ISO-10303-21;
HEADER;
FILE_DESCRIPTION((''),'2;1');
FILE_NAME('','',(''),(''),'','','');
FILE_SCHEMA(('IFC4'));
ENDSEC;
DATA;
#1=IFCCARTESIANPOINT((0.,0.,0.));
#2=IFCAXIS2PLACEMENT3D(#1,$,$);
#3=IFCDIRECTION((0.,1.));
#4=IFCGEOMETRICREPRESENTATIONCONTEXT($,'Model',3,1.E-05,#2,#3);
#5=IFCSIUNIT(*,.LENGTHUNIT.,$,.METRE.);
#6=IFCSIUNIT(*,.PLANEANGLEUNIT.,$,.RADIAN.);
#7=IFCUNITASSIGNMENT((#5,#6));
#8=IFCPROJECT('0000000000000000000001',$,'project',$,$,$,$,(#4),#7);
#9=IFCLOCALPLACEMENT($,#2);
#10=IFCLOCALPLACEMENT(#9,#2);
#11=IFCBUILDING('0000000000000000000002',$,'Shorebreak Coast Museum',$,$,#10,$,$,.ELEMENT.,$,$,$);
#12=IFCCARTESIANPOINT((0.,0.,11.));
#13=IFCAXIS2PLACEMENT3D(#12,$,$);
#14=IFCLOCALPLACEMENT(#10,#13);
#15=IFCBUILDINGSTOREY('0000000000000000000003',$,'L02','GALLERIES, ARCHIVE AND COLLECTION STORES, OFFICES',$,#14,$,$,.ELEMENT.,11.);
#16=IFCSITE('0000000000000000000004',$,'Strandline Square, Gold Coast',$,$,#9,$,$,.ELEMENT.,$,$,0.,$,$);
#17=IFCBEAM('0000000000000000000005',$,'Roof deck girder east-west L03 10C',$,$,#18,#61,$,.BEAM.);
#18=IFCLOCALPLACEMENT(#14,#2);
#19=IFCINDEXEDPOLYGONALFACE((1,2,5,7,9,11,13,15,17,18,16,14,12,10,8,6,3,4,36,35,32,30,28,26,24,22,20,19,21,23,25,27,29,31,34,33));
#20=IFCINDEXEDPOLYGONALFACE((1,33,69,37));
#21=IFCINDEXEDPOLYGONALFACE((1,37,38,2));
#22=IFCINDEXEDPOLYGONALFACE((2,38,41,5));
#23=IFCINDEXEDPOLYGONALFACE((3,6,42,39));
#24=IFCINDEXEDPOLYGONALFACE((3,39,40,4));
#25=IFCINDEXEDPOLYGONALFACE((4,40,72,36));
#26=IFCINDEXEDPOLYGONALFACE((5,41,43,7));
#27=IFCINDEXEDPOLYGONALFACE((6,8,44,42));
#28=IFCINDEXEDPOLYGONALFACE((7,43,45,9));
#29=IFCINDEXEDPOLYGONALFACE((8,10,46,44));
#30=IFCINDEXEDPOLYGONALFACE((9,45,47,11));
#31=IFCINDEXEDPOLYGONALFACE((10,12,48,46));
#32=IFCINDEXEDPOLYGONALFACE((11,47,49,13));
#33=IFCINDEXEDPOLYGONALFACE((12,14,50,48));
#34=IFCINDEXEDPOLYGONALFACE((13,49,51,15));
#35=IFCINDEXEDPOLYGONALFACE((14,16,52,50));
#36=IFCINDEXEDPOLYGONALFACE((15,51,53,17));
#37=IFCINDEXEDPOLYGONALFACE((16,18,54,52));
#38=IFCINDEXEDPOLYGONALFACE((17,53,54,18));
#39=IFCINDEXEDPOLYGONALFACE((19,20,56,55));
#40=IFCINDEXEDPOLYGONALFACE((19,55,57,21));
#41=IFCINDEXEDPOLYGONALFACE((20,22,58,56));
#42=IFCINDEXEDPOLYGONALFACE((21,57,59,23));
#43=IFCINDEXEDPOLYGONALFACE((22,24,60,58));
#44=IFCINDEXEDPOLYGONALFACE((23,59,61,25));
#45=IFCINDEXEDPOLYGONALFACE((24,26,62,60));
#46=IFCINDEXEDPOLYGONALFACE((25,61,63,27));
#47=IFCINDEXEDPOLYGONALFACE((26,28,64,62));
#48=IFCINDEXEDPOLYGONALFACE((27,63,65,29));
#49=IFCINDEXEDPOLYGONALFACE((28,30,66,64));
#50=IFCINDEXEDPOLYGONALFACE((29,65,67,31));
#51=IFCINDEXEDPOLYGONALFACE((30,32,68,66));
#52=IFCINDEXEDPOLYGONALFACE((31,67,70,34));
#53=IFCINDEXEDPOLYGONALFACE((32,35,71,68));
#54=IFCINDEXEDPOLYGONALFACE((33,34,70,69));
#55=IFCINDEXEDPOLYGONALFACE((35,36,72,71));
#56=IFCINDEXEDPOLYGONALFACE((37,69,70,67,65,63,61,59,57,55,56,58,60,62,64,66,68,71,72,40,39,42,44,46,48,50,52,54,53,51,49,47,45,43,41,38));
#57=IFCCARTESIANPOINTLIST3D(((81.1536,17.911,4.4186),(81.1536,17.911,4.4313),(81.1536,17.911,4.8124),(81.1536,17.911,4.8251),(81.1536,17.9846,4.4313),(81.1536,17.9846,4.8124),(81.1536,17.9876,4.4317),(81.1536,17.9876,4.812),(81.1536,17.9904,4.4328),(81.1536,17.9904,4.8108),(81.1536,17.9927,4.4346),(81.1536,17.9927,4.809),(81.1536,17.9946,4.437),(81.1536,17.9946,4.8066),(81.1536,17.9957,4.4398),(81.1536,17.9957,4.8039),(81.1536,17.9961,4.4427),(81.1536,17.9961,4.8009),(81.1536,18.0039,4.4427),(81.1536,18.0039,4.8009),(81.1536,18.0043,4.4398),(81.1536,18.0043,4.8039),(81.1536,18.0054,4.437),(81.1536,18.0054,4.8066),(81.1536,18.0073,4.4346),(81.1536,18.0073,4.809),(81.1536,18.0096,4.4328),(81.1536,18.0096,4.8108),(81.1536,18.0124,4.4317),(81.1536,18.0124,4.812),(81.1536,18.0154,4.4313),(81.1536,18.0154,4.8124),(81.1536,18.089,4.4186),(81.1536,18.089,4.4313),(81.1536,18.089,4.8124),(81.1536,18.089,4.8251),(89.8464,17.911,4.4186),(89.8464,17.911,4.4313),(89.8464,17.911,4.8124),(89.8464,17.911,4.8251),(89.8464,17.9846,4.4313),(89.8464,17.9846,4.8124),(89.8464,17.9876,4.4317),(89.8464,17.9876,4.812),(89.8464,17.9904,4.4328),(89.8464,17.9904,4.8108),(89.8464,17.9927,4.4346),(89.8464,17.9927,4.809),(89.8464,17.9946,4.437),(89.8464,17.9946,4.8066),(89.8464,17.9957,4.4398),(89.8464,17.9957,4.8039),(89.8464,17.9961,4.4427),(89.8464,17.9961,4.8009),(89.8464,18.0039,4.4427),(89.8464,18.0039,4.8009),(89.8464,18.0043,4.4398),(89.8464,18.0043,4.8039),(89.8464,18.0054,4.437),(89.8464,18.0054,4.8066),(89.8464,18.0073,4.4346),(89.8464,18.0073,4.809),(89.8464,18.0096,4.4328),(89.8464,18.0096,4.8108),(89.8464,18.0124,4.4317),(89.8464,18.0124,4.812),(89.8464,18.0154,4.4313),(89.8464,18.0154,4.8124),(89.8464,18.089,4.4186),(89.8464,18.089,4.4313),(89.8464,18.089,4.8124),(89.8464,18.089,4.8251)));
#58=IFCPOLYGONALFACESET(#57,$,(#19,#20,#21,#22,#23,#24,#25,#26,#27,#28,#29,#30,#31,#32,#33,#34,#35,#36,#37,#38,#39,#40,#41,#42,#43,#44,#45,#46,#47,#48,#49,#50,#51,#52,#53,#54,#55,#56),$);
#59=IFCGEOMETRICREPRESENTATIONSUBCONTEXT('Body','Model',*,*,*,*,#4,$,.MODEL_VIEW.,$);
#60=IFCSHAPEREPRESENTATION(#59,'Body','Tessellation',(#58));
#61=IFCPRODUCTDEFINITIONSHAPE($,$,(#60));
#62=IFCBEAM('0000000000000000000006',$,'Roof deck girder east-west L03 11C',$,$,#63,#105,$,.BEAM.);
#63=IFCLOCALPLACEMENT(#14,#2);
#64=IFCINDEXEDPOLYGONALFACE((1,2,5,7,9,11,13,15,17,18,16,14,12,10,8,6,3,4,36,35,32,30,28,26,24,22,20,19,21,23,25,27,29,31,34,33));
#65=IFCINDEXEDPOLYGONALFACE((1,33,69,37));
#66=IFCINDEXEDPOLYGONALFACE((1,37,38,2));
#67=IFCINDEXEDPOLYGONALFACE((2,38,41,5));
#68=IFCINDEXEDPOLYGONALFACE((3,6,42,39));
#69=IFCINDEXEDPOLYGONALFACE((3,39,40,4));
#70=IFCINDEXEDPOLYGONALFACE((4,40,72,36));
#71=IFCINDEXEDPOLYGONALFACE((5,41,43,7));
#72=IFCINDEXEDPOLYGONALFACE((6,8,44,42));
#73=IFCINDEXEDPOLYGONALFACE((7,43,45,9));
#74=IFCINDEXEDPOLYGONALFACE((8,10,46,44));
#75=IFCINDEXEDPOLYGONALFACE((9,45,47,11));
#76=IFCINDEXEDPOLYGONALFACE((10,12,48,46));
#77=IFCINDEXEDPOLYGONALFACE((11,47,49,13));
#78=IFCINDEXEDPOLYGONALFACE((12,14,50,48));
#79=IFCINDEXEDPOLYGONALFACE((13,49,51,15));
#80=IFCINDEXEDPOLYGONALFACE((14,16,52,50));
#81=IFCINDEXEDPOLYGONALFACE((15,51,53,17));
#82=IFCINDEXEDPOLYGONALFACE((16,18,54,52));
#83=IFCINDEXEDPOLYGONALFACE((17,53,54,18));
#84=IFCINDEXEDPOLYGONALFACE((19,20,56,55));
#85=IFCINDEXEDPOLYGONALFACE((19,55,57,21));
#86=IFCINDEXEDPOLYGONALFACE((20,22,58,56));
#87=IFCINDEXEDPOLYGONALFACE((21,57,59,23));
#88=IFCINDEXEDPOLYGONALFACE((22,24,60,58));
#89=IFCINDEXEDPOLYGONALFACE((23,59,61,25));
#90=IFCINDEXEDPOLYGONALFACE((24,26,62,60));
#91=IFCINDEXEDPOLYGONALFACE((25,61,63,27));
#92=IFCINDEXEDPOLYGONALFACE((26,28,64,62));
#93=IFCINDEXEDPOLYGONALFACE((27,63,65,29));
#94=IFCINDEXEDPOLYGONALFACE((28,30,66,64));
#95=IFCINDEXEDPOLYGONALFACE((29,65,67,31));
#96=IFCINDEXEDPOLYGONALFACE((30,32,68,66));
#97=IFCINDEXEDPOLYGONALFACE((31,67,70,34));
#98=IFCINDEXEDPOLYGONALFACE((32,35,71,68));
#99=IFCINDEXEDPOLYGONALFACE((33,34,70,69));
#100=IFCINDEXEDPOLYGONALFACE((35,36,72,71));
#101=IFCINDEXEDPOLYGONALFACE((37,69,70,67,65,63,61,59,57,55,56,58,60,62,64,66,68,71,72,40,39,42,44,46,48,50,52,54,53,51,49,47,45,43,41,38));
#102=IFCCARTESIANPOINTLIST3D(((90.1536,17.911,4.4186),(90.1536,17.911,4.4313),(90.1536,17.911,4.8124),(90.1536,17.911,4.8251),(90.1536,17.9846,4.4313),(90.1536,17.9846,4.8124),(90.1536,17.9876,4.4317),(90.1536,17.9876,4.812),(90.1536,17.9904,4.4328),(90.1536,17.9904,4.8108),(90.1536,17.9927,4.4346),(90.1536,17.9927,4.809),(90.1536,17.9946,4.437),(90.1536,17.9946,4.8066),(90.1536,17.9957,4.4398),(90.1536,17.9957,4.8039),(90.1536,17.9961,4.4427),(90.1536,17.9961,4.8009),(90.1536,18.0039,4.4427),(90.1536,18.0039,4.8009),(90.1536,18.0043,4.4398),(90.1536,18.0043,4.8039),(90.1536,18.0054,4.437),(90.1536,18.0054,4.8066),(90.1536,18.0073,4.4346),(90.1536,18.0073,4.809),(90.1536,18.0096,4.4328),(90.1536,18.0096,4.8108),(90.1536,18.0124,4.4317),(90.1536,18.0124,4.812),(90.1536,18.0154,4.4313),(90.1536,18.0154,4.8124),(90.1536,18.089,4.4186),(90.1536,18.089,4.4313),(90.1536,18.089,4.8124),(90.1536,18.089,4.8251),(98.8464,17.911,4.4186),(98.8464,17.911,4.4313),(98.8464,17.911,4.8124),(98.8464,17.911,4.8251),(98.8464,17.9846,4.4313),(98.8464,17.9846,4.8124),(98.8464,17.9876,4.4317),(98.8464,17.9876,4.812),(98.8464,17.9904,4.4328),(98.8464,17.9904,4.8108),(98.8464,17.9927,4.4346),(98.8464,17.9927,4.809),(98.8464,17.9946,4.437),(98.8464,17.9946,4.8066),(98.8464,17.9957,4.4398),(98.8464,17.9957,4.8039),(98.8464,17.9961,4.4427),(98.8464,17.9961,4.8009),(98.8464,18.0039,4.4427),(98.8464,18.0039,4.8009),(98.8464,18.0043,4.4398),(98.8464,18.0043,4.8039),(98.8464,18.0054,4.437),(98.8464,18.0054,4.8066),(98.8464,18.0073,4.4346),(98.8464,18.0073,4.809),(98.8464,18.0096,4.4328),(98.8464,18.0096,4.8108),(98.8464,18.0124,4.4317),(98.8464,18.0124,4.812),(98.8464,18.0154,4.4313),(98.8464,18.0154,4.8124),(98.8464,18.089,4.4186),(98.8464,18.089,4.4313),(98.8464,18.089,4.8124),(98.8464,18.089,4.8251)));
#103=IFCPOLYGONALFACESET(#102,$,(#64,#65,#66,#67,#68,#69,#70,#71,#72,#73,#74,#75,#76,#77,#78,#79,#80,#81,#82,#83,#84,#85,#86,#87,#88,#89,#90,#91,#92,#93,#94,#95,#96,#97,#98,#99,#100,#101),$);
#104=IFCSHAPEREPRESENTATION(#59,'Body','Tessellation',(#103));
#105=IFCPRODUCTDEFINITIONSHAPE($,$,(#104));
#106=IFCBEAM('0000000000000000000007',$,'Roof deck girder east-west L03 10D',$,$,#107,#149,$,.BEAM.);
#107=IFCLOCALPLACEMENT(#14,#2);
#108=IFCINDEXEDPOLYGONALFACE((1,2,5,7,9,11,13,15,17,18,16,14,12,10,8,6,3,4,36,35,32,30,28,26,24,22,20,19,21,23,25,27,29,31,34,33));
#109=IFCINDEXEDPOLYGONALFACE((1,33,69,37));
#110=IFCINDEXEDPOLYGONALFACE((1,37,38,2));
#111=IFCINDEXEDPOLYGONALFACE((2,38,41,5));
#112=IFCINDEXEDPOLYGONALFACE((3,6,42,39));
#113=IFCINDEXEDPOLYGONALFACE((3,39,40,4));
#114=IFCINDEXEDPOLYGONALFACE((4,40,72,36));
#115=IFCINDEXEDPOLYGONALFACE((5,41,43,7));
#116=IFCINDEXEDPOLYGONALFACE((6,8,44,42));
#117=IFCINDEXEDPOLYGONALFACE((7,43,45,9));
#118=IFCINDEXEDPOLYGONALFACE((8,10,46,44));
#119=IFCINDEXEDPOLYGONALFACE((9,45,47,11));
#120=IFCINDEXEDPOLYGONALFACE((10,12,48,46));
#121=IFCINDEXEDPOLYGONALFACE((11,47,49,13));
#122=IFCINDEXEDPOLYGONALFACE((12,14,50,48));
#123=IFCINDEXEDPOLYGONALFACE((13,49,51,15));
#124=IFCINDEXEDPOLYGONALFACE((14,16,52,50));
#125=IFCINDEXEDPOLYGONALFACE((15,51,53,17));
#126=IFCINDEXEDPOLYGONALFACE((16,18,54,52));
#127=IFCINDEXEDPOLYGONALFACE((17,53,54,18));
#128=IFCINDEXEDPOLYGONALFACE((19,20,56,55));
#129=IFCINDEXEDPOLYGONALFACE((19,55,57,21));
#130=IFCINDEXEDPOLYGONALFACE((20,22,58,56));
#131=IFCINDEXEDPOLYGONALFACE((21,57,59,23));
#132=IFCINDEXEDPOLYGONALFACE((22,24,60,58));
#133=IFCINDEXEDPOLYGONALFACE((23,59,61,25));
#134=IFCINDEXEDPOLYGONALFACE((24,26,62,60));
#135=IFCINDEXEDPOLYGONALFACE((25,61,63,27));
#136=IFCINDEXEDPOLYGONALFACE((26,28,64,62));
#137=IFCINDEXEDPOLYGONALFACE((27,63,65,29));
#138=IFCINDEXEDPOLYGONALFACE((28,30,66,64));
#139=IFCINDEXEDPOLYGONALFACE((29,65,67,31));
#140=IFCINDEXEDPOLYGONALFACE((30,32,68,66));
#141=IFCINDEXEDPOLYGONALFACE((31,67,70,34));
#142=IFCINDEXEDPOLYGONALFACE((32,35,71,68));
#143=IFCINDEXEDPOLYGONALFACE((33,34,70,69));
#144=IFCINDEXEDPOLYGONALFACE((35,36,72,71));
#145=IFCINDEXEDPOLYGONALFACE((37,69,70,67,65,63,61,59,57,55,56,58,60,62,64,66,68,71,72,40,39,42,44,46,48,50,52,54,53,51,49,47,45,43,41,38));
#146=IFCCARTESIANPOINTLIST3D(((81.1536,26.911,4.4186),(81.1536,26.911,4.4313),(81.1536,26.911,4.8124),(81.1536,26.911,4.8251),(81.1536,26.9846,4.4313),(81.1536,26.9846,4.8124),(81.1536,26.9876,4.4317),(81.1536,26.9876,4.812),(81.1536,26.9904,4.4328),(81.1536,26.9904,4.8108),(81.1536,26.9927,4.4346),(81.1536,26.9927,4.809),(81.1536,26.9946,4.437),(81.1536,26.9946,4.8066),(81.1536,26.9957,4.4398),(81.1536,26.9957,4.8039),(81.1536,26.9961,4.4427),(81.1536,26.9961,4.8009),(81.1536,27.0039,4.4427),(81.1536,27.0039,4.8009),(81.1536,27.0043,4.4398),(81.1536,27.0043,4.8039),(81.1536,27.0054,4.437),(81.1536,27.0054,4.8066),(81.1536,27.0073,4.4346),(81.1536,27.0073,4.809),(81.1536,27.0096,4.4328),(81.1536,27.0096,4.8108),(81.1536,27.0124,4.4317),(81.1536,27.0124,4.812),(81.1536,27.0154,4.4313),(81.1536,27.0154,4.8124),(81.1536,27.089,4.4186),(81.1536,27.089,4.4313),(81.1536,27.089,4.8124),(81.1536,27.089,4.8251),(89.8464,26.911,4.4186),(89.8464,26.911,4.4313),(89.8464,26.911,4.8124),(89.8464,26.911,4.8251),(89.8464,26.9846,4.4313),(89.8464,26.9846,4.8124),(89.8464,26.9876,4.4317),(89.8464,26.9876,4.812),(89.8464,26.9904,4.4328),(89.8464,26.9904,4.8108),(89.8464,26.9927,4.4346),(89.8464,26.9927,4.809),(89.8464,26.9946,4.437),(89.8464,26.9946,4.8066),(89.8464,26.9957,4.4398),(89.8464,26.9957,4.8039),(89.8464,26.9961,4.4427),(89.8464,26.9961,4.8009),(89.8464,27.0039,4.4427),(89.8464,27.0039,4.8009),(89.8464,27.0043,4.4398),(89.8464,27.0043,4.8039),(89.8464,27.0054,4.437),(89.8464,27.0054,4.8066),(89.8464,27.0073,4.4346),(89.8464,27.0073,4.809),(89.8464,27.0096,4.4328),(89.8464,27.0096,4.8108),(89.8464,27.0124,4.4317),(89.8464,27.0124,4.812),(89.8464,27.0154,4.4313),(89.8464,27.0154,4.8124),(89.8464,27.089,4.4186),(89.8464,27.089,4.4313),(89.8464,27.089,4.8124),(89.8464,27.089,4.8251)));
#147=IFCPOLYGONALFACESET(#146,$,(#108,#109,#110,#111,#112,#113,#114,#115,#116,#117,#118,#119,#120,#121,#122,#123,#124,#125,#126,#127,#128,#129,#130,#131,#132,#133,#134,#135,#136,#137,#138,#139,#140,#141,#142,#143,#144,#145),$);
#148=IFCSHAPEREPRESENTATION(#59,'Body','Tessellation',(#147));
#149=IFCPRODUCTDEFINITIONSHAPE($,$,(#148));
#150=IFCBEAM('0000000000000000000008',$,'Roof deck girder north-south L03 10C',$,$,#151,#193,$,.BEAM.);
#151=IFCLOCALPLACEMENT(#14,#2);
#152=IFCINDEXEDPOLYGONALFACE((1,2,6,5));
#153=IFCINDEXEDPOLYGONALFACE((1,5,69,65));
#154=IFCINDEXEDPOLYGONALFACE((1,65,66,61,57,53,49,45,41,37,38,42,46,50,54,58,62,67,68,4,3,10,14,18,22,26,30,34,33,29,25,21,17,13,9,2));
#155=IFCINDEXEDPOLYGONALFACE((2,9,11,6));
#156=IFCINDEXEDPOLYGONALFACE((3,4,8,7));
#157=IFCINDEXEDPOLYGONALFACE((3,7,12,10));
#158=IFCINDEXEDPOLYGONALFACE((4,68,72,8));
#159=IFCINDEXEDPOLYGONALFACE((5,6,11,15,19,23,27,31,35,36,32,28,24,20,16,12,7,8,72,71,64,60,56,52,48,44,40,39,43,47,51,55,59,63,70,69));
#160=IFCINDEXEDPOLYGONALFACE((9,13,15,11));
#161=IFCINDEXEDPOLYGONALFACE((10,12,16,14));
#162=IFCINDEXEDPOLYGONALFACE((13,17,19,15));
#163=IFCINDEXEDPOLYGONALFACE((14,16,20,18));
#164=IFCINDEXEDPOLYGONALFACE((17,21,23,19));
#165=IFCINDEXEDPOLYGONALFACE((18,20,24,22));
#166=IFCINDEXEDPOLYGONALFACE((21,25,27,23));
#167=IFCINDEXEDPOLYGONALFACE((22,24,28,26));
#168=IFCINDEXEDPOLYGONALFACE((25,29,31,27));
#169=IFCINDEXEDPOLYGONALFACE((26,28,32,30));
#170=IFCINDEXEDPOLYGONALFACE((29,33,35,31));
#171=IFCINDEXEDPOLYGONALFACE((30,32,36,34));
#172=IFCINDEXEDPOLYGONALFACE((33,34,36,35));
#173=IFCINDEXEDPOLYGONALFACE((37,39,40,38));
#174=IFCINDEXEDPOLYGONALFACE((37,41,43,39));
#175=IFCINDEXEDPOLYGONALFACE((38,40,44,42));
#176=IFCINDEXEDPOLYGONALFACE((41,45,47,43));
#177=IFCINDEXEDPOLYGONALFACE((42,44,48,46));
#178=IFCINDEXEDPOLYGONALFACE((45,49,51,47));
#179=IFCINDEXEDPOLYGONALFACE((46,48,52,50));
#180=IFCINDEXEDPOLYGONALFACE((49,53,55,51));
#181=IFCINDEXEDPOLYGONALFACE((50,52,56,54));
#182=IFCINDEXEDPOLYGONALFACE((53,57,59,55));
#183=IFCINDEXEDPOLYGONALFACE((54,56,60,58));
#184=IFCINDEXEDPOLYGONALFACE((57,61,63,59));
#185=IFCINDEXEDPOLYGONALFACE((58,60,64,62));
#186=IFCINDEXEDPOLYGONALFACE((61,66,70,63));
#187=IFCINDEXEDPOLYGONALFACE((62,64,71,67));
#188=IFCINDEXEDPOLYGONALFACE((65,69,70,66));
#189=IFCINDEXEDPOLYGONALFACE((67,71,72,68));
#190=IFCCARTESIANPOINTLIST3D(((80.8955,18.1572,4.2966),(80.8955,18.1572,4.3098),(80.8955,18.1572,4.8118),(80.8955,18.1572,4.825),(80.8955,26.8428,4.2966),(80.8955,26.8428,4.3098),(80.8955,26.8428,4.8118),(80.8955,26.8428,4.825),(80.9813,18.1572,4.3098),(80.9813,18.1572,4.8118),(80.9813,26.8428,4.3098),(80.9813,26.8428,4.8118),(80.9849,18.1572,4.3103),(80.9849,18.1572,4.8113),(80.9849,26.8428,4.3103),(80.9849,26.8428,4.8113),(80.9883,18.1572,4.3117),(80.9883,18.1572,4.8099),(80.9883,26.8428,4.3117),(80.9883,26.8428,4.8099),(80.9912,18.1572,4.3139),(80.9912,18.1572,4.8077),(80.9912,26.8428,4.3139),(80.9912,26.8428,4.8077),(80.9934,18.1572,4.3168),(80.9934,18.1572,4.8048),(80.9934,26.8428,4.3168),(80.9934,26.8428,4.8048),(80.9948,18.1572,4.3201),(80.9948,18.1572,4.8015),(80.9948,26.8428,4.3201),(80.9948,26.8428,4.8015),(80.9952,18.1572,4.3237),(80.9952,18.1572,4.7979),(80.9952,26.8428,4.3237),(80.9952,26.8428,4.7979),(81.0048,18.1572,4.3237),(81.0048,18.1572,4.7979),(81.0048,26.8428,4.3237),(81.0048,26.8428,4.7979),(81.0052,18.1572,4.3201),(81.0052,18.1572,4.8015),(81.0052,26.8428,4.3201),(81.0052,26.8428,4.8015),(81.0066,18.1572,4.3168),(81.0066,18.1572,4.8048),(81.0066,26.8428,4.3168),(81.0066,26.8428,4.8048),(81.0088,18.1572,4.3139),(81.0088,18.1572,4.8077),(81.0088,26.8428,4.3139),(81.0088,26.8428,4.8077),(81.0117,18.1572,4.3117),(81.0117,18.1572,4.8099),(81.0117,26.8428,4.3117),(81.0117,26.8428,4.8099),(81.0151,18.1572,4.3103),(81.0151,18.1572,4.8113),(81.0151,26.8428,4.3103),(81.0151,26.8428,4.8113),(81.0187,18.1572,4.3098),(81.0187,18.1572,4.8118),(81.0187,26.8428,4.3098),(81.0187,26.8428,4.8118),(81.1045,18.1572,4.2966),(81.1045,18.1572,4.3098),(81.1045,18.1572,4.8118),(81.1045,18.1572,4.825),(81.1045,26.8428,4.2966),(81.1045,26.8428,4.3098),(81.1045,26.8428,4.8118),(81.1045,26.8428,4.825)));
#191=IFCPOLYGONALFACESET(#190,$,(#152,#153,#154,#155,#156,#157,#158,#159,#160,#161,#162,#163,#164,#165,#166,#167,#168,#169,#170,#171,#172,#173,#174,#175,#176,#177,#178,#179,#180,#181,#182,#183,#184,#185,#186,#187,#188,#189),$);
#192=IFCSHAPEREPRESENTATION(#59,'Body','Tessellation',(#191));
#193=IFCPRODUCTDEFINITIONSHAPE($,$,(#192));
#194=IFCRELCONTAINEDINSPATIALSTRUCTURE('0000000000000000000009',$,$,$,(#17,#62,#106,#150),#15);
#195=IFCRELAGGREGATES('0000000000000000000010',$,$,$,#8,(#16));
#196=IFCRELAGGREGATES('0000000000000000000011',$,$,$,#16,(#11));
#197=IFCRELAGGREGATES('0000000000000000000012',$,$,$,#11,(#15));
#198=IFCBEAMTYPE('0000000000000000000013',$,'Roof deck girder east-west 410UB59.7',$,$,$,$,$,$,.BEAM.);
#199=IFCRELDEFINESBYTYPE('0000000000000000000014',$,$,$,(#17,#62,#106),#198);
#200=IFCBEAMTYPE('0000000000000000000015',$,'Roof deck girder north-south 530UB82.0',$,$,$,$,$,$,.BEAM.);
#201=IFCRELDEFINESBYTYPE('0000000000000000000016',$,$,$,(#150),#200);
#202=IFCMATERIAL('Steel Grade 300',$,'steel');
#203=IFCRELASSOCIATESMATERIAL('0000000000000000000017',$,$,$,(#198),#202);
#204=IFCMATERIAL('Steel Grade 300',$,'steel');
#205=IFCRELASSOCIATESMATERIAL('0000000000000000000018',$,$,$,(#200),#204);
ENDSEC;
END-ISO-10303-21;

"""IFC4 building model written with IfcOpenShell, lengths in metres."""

from ifc_helpers import new_model, si_unit, direction, frame, origin, origin_2d, place, context, subcontext, project, spatial, i_section, extrude, material, material_profile, profile_set, type_object, element, save


model = new_model("IFC4")

# Units and contexts
model_context = context("Model", 3, precision=1e-05, world=origin(), true_north=direction((0.0, 1.0)))
body_context = subcontext(model_context, "Body", "Model", "MODEL_VIEW")
ifc_project = project(units=[si_unit("LENGTHUNIT", "METRE"), si_unit("PLANEANGLEUNIT", "RADIAN")], contexts=[model_context])

# Site, building, storey
site_placement = place(None, origin())
site = spatial("IfcSite", under=ifc_project, at=site_placement, Name="Strandline Square, Gold Coast", CompositionType="ELEMENT", RefElevation=0.0)
building_placement = place(site_placement, origin())
building = spatial("IfcBuilding", under=site, at=building_placement, Name="Shorebreak Coast Museum", CompositionType="ELEMENT")
storey_placement = place(building_placement, frame((0.0, 0.0, 11.0)))
storey = spatial("IfcBuildingStorey", under=building, at=storey_placement, Name="L02", Description="GALLERIES, ARCHIVE AND COLLECTION STORES, OFFICES", CompositionType="ELEMENT", Elevation=11.0)

# Beams
ifc_material_1 = material(Name="Steel Grade 300", Category="steel")
ifc_material_profile_1 = material_profile(ifc_material_1, i_section(OverallWidth=0.178, OverallDepth=0.4065, WebThickness=0.0078, FlangeThickness=0.0127, FilletRadius=0.0115, at=origin_2d()), Name="410UB59.7")
ifc_profile_set_1 = profile_set([ifc_material_profile_1], Name="Steel Grade 300")
beam_type_1 = type_object("IfcBeamType", Name="Roof deck girder east-west 410UB59.7", PredefinedType="BEAM", material=ifc_profile_set_1)
for number, where, z_axis, x_axis, name in (
    (1, (81.1536, 18.0, 4.6218), (1.0, 0.0, 0.0), (0.0, 1.0, 0.0), "Roof deck girder east-west L03 10C"),
    (2, (90.1536, 18.0, 4.6218), (1.0, 0.0, 0.0), (0.0, 1.0, 0.0), "Roof deck girder east-west L03 11C"),
    (3, (81.1536, 27.0, 4.6218), (1.0, 0.0, 0.0), (0.0, 1.0, 0.0), "Roof deck girder east-west L03 10D"),
):
    element("IfcBeam", number, at=place(storey_placement, frame(where, z_axis=z_axis, x_axis=x_axis)), inside=storey, type_object=beam_type_1, Name=name, PredefinedType="BEAM", context=body_context, shape_type="SweptSolid", body=[
        extrude(i_section(OverallWidth=0.178, OverallDepth=0.4065, WebThickness=0.0078, FlangeThickness=0.0127, FilletRadius=0.0115, at=origin_2d()), origin(), (0.0, 0.0, 1.0), 8.6929),
    ])
ifc_material_2 = material(Name="Steel Grade 300", Category="steel")
ifc_material_profile_2 = material_profile(ifc_material_2, i_section(OverallWidth=0.209, OverallDepth=0.5283, WebThickness=0.0095, FlangeThickness=0.0132, FilletRadius=0.0139, at=origin_2d()), Name="530UB82.0")
ifc_profile_set_2 = profile_set([ifc_material_profile_2], Name="Steel Grade 300")
beam_type_2 = type_object("IfcBeamType", Name="Roof deck girder north-south 530UB82.0", PredefinedType="BEAM", material=ifc_profile_set_2)
for number, where, z_axis, x_axis, name in (
    (4, (81.0, 18.1572, 4.5608), (0.0, 1.0, 0.0), (-1.0, 0.0, 0.0), "Roof deck girder north-south L03 10C"),
):
    element("IfcBeam", number, at=place(storey_placement, frame(where, z_axis=z_axis, x_axis=x_axis)), inside=storey, type_object=beam_type_2, Name=name, PredefinedType="BEAM", context=body_context, shape_type="SweptSolid", body=[
        extrude(i_section(OverallWidth=0.209, OverallDepth=0.5283, WebThickness=0.0095, FlangeThickness=0.0132, FilletRadius=0.0139, at=origin_2d()), origin(), (0.0, 0.0, 1.0), 8.6855),
    ])

save(model, "model.ifc")
